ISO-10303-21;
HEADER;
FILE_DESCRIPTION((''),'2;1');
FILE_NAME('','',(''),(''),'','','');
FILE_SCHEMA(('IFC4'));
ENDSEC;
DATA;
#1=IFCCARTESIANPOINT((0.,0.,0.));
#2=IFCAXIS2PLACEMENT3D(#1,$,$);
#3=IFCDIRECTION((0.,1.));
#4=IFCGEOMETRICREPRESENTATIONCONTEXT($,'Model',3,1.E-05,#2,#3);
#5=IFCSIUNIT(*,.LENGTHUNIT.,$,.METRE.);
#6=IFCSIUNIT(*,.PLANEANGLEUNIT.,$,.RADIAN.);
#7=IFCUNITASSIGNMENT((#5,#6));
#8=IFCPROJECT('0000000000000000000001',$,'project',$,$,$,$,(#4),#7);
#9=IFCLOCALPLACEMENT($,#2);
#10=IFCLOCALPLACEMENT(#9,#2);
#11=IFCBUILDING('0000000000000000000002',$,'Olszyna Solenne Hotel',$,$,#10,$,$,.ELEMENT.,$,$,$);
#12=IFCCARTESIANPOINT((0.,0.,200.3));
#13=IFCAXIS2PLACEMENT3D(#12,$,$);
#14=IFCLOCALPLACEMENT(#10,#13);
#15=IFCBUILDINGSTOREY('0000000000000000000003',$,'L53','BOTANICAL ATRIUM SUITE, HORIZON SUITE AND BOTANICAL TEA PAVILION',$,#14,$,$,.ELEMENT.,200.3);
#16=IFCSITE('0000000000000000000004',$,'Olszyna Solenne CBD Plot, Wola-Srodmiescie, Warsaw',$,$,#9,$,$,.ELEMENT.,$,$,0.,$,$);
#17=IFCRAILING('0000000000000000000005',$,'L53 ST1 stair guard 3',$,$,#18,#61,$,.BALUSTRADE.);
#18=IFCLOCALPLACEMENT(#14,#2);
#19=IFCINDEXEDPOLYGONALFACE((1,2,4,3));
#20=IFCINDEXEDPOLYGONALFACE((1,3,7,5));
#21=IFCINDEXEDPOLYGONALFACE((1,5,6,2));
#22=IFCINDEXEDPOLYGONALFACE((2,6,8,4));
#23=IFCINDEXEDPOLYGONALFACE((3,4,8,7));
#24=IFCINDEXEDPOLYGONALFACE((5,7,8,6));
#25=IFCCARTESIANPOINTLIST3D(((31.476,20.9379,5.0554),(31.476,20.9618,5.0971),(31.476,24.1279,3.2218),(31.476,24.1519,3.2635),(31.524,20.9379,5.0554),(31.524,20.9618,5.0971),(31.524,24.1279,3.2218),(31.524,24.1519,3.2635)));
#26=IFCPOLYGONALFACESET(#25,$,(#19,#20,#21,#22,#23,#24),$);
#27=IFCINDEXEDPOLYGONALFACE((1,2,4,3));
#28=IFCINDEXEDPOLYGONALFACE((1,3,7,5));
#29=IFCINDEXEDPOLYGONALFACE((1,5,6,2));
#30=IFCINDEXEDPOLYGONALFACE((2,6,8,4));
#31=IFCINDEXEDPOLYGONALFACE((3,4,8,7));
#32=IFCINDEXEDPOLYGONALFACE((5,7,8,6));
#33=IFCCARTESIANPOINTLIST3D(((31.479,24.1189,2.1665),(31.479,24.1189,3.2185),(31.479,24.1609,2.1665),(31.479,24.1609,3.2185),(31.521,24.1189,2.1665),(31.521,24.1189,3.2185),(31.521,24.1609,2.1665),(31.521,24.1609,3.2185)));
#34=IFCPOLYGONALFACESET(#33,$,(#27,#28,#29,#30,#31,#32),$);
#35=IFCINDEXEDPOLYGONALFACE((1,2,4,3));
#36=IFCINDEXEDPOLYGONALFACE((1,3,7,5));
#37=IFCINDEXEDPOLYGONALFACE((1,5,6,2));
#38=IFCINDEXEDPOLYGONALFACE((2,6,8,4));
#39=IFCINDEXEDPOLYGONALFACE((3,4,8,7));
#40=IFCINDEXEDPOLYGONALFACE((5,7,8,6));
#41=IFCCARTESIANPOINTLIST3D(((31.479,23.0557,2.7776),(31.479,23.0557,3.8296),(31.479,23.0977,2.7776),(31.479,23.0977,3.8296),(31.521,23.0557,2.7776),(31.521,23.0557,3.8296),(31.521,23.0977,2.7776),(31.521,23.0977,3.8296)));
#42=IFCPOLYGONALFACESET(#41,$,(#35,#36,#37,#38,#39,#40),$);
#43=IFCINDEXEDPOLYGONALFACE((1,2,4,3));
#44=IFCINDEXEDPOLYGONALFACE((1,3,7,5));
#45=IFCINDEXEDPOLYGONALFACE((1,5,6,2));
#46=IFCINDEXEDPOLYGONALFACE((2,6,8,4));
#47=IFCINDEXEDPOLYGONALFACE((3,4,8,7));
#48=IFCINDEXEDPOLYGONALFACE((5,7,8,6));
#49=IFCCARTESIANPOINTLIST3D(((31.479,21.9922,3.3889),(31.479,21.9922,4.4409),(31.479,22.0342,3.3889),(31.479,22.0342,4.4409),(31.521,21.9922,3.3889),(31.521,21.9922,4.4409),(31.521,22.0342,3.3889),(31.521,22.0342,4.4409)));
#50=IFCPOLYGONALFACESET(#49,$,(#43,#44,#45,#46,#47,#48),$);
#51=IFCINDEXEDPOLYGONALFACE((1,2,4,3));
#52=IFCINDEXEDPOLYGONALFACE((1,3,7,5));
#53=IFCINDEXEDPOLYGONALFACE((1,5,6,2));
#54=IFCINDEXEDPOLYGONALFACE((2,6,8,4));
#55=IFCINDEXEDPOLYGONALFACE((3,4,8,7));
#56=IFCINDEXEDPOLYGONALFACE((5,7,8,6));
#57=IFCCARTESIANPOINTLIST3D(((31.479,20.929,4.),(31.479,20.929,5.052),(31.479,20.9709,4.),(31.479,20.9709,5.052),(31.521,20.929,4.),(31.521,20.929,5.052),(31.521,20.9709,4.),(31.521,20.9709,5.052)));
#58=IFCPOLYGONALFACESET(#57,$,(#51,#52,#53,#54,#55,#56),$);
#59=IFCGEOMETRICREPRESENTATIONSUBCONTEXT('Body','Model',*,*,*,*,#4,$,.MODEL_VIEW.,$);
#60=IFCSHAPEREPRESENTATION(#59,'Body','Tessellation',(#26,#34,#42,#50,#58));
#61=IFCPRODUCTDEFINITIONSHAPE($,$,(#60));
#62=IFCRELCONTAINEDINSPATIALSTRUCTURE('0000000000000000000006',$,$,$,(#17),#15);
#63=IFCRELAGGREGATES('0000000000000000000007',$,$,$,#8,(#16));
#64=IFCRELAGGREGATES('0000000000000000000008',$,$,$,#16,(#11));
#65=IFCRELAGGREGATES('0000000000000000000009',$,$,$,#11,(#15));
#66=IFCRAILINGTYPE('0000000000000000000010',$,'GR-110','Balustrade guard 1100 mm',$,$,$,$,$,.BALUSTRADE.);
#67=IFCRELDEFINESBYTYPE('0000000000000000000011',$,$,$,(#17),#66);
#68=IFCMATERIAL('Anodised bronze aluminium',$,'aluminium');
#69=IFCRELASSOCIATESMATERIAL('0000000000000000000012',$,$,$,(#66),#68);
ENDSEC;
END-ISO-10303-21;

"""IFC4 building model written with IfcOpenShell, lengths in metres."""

from ifc_helpers import new_model, si_unit, direction, frame, origin, origin_2d, place, context, subcontext, project, spatial, rectangle, extrude, material, type_object, element, save


model = new_model("IFC4")

# Units and contexts
model_context = context("Model", 3, precision=1e-05, world=origin(), true_north=direction((0.0, 1.0)))
body_context = subcontext(model_context, "Body", "Model", "MODEL_VIEW")
ifc_project = project(units=[si_unit("LENGTHUNIT", "METRE"), si_unit("PLANEANGLEUNIT", "RADIAN")], contexts=[model_context])

# Site, building, storey
site_placement = place(None, origin())
site = spatial("IfcSite", under=ifc_project, at=site_placement, Name="Olszyna Solenne CBD Plot, Wola-Srodmiescie, Warsaw", CompositionType="ELEMENT", RefElevation=0.0)
building_placement = place(site_placement, origin())
building = spatial("IfcBuilding", under=site, at=building_placement, Name="Olszyna Solenne Hotel", CompositionType="ELEMENT")
storey_placement = place(building_placement, frame((0.0, 0.0, 200.3)))
storey = spatial("IfcBuildingStorey", under=building, at=storey_placement, Name="L53", Description="BOTANICAL ATRIUM SUITE, HORIZON SUITE AND BOTANICAL TEA PAVILION", CompositionType="ELEMENT", Elevation=200.3)

# Railing
ifc_material_1 = material(Name="Anodised bronze aluminium", Category="aluminium")
railing_type = type_object("IfcRailingType", Name="GR-110", Description="Balustrade guard 1100 mm", PredefinedType="BALUSTRADE", material=ifc_material_1)
railing_1_placement = place(storey_placement, frame((31.5, 24.1399, 2.1665)))
element("IfcRailing", 1, at=railing_1_placement, inside=storey, type_object=railing_type, Name="L53 ST1 stair guard 3", PredefinedType="BALUSTRADE", context=body_context, shape_type="SweptSolid", body=[
    extrude(rectangle(XDim=0.0481, YDim=0.0481, at=origin_2d()), frame((0.0, 0.0, 1.0762), z_axis=(0.0, -0.866991, 0.498324), x_axis=(1.0, 0.0, 0.0)), (0.0, 0.0, 1.0), 3.6794),
    extrude(rectangle(XDim=0.042, YDim=0.042, at=origin_2d()), origin(), (0.0, 0.0, 1.0), 1.052),
    extrude(rectangle(XDim=0.042, YDim=0.042, at=origin_2d()), frame((0.0, -1.0632, 0.6111)), (0.0, 0.0, 1.0), 1.052),
    extrude(rectangle(XDim=0.042, YDim=0.042, at=origin_2d()), frame((0.0, -2.1267, 1.2224)), (0.0, 0.0, 1.0), 1.052),
    extrude(rectangle(XDim=0.042, YDim=0.042, at=origin_2d()), frame((0.0, -3.1899, 1.8335)), (0.0, 0.0, 1.0), 1.052),
])

save(model, "model.ifc")
